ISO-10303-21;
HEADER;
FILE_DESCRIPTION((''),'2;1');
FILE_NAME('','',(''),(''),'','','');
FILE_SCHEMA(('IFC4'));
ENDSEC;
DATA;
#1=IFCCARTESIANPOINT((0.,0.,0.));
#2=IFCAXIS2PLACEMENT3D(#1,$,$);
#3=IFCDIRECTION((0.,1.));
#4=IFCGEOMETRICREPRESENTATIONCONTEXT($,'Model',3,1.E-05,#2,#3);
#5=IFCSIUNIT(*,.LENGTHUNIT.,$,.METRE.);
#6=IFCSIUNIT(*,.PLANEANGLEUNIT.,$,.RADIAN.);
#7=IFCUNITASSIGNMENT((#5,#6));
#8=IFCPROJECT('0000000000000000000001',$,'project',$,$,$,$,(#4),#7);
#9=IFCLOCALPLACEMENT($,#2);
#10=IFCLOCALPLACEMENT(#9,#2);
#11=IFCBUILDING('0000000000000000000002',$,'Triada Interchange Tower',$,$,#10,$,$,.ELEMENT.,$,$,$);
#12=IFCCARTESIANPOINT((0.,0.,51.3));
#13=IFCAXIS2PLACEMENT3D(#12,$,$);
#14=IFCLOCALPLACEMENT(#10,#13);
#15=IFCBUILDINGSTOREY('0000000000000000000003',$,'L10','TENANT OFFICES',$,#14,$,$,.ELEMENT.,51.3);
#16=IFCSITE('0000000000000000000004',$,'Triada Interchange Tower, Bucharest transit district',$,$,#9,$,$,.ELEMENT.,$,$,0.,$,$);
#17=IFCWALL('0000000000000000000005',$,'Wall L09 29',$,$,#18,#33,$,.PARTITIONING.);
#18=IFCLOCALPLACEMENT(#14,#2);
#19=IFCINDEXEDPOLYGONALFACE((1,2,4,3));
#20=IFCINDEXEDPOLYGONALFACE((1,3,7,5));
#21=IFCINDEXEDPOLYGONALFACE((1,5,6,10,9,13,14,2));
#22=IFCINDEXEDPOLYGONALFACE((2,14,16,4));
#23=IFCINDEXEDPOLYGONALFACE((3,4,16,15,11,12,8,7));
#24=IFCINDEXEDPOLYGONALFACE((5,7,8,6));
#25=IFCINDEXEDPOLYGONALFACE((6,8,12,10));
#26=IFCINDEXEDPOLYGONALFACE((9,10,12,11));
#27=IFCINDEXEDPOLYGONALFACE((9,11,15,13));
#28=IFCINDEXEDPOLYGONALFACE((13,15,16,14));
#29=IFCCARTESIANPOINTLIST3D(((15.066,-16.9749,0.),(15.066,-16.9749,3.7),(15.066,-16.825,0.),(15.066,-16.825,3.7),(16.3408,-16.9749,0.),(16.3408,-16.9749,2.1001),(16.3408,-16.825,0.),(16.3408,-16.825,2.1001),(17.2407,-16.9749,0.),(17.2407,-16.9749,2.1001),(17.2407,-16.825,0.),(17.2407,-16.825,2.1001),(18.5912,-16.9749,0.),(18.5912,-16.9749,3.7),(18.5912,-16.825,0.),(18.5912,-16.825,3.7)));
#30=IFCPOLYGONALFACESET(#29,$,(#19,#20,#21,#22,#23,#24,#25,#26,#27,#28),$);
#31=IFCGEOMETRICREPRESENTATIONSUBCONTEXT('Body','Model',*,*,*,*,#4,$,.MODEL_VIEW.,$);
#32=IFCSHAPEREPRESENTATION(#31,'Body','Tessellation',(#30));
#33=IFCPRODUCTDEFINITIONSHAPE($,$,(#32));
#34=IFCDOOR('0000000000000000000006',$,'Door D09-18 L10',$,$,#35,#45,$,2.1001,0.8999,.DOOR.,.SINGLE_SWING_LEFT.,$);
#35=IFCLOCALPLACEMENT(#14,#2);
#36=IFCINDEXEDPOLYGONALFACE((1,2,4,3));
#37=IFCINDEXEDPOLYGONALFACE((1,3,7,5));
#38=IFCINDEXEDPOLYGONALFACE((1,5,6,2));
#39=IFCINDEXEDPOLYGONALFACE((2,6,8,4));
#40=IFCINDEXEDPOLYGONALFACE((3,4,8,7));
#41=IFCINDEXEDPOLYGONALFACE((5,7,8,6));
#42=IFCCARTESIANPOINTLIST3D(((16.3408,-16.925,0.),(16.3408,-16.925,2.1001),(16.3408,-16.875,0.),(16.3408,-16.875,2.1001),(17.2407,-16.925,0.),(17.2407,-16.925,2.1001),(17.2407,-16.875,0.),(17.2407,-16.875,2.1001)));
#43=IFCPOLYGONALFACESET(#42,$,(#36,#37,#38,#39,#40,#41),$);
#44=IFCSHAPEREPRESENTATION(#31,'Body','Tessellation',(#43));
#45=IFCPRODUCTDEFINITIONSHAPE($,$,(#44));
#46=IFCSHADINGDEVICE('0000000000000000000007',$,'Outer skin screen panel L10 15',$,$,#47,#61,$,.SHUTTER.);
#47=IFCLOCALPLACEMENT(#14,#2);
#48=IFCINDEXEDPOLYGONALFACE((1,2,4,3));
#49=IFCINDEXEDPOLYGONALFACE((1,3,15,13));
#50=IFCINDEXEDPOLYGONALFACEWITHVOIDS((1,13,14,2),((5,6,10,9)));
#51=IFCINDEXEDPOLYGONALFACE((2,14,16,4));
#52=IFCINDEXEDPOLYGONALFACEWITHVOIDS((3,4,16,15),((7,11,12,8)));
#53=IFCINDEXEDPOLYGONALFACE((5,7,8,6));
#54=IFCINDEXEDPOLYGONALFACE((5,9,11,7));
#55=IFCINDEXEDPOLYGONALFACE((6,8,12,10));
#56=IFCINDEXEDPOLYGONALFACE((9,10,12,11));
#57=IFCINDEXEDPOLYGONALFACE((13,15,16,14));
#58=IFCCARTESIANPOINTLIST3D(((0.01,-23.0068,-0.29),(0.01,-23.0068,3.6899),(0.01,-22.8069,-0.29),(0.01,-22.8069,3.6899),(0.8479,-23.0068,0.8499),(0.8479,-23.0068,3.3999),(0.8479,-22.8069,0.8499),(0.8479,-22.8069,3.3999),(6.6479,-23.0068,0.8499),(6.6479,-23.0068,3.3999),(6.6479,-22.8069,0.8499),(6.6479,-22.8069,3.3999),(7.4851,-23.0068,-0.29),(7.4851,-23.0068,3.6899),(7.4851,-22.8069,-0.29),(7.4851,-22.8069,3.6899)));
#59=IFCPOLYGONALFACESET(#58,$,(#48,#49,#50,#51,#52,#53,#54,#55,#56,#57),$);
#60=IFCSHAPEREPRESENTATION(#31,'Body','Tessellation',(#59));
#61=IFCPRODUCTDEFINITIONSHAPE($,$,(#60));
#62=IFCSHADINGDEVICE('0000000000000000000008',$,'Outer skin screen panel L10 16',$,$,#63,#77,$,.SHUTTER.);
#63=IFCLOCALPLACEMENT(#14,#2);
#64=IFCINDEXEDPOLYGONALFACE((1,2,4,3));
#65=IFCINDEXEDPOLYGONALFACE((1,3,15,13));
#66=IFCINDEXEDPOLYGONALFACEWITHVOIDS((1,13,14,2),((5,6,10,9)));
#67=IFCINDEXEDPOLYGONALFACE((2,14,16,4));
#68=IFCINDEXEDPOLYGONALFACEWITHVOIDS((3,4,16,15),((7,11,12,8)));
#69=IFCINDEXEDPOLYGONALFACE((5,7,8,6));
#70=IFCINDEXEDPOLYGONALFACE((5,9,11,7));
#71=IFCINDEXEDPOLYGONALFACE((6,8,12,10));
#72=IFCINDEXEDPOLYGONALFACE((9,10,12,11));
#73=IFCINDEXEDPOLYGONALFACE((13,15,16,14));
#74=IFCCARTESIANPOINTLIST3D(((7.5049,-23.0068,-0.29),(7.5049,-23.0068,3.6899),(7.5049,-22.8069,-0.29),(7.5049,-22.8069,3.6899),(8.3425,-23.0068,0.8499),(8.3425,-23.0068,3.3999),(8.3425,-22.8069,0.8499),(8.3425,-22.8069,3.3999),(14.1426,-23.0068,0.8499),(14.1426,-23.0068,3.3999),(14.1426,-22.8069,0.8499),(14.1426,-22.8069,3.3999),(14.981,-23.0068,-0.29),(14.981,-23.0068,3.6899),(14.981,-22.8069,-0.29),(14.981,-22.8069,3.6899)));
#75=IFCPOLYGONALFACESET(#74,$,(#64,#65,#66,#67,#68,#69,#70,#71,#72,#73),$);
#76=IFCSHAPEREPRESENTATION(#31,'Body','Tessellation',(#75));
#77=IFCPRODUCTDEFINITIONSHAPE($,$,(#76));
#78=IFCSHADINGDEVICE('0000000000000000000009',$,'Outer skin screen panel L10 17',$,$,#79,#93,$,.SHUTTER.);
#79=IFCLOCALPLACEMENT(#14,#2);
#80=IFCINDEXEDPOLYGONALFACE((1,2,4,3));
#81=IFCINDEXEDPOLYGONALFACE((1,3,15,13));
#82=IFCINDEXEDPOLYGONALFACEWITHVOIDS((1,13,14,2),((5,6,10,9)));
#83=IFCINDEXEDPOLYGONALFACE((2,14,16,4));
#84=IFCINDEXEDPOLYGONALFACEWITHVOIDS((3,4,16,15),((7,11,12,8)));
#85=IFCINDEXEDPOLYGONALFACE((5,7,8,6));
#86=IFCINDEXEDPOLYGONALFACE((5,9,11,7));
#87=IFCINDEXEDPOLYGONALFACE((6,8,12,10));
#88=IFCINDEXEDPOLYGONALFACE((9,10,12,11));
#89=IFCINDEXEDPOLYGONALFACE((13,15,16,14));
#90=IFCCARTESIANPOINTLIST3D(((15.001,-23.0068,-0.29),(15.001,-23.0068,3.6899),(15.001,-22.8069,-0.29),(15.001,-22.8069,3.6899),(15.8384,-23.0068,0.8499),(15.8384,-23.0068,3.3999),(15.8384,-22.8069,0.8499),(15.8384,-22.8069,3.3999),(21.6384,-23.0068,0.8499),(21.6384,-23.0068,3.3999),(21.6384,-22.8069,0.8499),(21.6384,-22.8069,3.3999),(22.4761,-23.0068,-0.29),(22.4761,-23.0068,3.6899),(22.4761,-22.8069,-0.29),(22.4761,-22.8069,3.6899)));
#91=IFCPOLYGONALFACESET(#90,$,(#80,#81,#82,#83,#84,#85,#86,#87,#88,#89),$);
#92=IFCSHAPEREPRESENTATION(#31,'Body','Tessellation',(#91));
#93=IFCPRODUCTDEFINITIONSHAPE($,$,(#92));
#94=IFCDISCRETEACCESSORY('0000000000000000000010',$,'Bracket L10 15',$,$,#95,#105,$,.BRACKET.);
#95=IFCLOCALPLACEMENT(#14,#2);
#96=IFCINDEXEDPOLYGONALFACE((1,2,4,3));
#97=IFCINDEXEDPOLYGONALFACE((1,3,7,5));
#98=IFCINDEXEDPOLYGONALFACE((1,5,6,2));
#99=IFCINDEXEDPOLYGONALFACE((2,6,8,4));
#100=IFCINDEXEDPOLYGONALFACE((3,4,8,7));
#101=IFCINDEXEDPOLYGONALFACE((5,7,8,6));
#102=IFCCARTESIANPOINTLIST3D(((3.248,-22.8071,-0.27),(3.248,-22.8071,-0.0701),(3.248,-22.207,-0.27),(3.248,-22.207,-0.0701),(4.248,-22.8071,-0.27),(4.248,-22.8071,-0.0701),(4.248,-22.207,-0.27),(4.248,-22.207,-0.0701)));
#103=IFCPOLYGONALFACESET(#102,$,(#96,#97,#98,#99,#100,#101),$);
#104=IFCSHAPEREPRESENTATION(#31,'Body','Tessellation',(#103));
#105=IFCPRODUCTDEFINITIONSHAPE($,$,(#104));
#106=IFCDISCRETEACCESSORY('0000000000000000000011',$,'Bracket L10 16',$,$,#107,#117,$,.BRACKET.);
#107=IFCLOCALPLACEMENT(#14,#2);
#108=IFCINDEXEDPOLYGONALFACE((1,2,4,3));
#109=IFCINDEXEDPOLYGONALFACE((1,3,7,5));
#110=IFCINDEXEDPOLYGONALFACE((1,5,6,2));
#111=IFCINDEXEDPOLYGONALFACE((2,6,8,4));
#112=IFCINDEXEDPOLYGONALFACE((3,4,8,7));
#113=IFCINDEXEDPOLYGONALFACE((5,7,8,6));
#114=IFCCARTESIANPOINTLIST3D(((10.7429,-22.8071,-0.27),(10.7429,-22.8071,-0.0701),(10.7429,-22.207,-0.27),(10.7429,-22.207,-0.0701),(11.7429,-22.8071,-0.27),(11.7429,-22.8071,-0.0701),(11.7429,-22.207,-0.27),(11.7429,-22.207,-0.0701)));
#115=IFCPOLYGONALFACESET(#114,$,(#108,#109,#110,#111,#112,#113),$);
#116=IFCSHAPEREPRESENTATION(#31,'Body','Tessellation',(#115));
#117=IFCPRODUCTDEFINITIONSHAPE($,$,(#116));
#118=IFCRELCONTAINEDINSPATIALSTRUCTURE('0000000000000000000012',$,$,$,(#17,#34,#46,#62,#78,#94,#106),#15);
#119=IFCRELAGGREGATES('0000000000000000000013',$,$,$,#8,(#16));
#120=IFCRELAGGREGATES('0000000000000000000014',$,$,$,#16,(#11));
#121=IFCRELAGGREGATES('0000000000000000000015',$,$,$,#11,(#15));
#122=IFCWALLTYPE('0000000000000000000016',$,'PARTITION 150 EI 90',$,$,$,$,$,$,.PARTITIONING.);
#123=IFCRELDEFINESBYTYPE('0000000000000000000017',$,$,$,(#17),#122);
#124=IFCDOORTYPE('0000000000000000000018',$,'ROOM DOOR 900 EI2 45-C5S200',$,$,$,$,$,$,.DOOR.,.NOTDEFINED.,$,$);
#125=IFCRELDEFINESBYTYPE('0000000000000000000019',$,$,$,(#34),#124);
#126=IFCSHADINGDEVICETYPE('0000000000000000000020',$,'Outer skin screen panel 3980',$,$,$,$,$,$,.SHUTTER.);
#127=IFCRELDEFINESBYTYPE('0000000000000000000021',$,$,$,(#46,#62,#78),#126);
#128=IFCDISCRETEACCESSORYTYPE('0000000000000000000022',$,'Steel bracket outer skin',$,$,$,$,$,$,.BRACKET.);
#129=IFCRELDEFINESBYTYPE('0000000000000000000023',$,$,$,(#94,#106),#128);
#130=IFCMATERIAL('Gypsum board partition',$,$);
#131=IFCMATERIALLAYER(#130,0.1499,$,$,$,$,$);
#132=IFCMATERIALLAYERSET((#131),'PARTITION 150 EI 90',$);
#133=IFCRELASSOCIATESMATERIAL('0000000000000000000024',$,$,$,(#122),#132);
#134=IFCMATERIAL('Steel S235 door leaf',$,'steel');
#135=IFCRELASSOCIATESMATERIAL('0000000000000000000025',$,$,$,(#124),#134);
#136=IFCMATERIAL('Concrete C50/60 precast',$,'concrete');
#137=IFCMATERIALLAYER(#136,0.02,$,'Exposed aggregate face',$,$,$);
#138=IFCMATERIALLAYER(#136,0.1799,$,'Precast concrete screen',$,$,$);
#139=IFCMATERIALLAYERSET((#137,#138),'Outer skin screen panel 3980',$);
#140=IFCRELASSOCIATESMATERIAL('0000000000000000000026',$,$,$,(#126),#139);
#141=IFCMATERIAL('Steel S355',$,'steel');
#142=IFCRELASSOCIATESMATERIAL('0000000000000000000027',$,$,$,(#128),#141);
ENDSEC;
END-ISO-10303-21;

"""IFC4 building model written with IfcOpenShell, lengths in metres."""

from ifc_helpers import new_model, si_unit, direction, frame, frame_2d, origin, origin_2d, place, context, subcontext, project, spatial, polyline, rectangle, outline, extrude, material, layer, layer_set, type_object, element, fill, save


model = new_model("IFC4")

# Units and contexts
model_context = context("Model", 3, precision=1e-05, world=origin(), true_north=direction((0.0, 1.0)))
body_context = subcontext(model_context, "Body", "Model", "MODEL_VIEW")
ifc_project = project(units=[si_unit("LENGTHUNIT", "METRE"), si_unit("PLANEANGLEUNIT", "RADIAN")], contexts=[model_context])

# Site, building, storey
site_placement = place(None, origin())
site = spatial("IfcSite", under=ifc_project, at=site_placement, Name="Triada Interchange Tower, Bucharest transit district", CompositionType="ELEMENT", RefElevation=0.0)
building_placement = place(site_placement, origin())
building = spatial("IfcBuilding", under=site, at=building_placement, Name="Triada Interchange Tower", CompositionType="ELEMENT")
storey_placement = place(building_placement, frame((0.0, 0.0, 51.3)))
storey = spatial("IfcBuildingStorey", under=building, at=storey_placement, Name="L10", Description="TENANT OFFICES", CompositionType="ELEMENT", Elevation=51.3)

# Shared definitions
ifc_material_1 = material(Name="Gypsum board partition")

# Wall, opening, door
ifc_layer_1 = layer(ifc_material_1, 0.1499)
ifc_layer_set_1 = layer_set([ifc_layer_1], Name="PARTITION 150 EI 90")
wall_type_1 = type_object("IfcWallType", Name="PARTITION 150 EI 90", PredefinedType="PARTITIONING", material=ifc_layer_set_1)
wall_1_placement = place(storey_placement, frame((15.0659, -16.8999, 0.0), z_axis=(0.0, 0.0, 1.0), x_axis=(1.0, 0.0, 0.0)))
wall_1 = element("IfcWall", 1, at=wall_1_placement, inside=storey, type_object=wall_type_1, Name="Wall L09 29", PredefinedType="PARTITIONING", context=body_context, shape_type="SweptSolid", body=[
    extrude(rectangle(XDim=3.5251, YDim=0.1499, at=frame_2d((1.7627, 0.0))), origin(), (0.0, 0.0, 1.0), 3.7),
])
opening_placement = place(wall_1_placement, frame((1.2749, 0.0, 0.0)))
opening = element("IfcOpeningElement", 2, at=opening_placement, cuts=wall_1, PredefinedType="OPENING", context=body_context, shape_type="SweptSolid", body=[
    extrude(rectangle(XDim=0.8999, YDim=2.1001, at=frame_2d((0.45, 1.05))), frame((0.0, 0.085, 0.0), z_axis=(0.0, -1.0, 0.0), x_axis=(1.0, 0.0, 0.0)), (0.0, 0.0, 1.0), 0.1699),
])
ifc_material_2 = material(Name="Steel S235 door leaf", Category="steel")
door_type = type_object("IfcDoorType", Name="ROOM DOOR 900 EI2 45-C5S200", OperationType="NOTDEFINED", PredefinedType="DOOR", material=ifc_material_2)
door_placement = place(opening_placement, origin())
door = element("IfcDoor", 3, at=door_placement, inside=storey, type_object=door_type, Name="Door D09-18 L10", OperationType="SINGLE_SWING_LEFT", OverallHeight=2.1001, OverallWidth=0.8999, PredefinedType="DOOR", context=body_context, shape_type="SweptSolid", body=[
    extrude(rectangle(XDim=0.8999, YDim=2.1001, at=frame_2d((0.45, 1.05))), frame((0.0, 0.0249, 0.0), z_axis=(0.0, -1.0, 0.0), x_axis=(1.0, 0.0, 0.0)), (0.0, 0.0, 1.0), 0.05),
])
fill(opening, door)

# Shading devices
ifc_material_3 = material(Name="Concrete C50/60 precast", Category="concrete")
ifc_layer_2 = layer(ifc_material_3, 0.02, Name="Exposed aggregate face")
ifc_layer_3 = layer(ifc_material_3, 0.1799, Name="Precast concrete screen")
ifc_layer_set_2 = layer_set([ifc_layer_2, ifc_layer_3], Name="Outer skin screen panel 3980")
shading_device_type = type_object("IfcShadingDeviceType", Name="Outer skin screen panel 3980", PredefinedType="SHUTTER", material=ifc_layer_set_2)
shading_device_1_placement = place(storey_placement, frame((0.01, -22.8069, -0.29), z_axis=(0.0, 0.0, 1.0), x_axis=(1.0, 0.0, 0.0)))
element("IfcShadingDevice", 4, at=shading_device_1_placement, inside=storey, type_object=shading_device_type, Name="Outer skin screen panel L10 15", PredefinedType="SHUTTER", context=body_context, shape_type="SweptSolid", body=[
    extrude(outline(polyline([(0.0, 0.0), (7.4751, 0.0), (7.4751, 3.98), (0.0, 3.98), (0.0, 0.0)]), holes=[polyline([(0.8379, 1.1399), (0.8379, 3.6899), (6.6379, 3.6899), (6.6379, 1.1399), (0.8379, 1.1399)])]), frame((0.0, 0.0, 0.0), z_axis=(0.0, -1.0, 0.0), x_axis=(1.0, 0.0, 0.0)), (0.0, 0.0, 1.0), 0.2),
])
shading_device_2_placement = place(storey_placement, frame((7.5049, -22.8069, -0.29), z_axis=(0.0, 0.0, 1.0), x_axis=(1.0, 0.0, 0.0)))
element("IfcShadingDevice", 5, at=shading_device_2_placement, inside=storey, type_object=shading_device_type, Name="Outer skin screen panel L10 16", PredefinedType="SHUTTER", context=body_context, shape_type="SweptSolid", body=[
    extrude(outline(polyline([(0.0, 0.0), (7.4761, 0.0), (7.4761, 3.98), (0.0, 3.98), (0.0, 0.0)]), holes=[polyline([(0.8376, 1.1399), (0.8376, 3.6899), (6.6377, 3.6899), (6.6377, 1.1399), (0.8376, 1.1399)])]), frame((0.0, 0.0, 0.0), z_axis=(0.0, -1.0, 0.0), x_axis=(1.0, 0.0, 0.0)), (0.0, 0.0, 1.0), 0.2),
])
shading_device_3_placement = place(storey_placement, frame((15.001, -22.8069, -0.29), z_axis=(0.0, 0.0, 1.0), x_axis=(1.0, 0.0, 0.0)))
element("IfcShadingDevice", 6, at=shading_device_3_placement, inside=storey, type_object=shading_device_type, Name="Outer skin screen panel L10 17", PredefinedType="SHUTTER", context=body_context, shape_type="SweptSolid", body=[
    extrude(outline(polyline([(0.0, 0.0), (7.4751, 0.0), (7.4751, 3.98), (0.0, 3.98), (0.0, 0.0)]), holes=[polyline([(0.8374, 1.1399), (0.8374, 3.6899), (6.6375, 3.6899), (6.6375, 1.1399), (0.8374, 1.1399)])]), frame((0.0, 0.0, 0.0), z_axis=(0.0, -1.0, 0.0), x_axis=(1.0, 0.0, 0.0)), (0.0, 0.0, 1.0), 0.2),
])

# Discrete accessories
ifc_material_4 = material(Name="Steel S355", Category="steel")
discrete_accessory_type = type_object("IfcDiscreteAccessoryType", Name="Steel bracket outer skin", PredefinedType="BRACKET", material=ifc_material_4)
for number, where, z_axis, x_axis, name in (
    (7, (3.748, -22.5071, -0.27), (0.0, 0.0, 1.0), (0.0, -1.0, 0.0), "Bracket L10 15"),
    (8, (11.2429, -22.5071, -0.27), (0.0, 0.0, 1.0), (0.0, -1.0, 0.0), "Bracket L10 16"),
):
    element("IfcDiscreteAccessory", number, at=place(storey_placement, frame(where, z_axis=z_axis, x_axis=x_axis)), inside=storey, type_object=discrete_accessory_type, Name=name, PredefinedType="BRACKET", context=body_context, shape_type="SweptSolid", body=[
        extrude(rectangle(XDim=0.6001, YDim=1.0, at=origin_2d()), origin(), (0.0, 0.0, 1.0), 0.2),
    ])

save(model, "model.ifc")
